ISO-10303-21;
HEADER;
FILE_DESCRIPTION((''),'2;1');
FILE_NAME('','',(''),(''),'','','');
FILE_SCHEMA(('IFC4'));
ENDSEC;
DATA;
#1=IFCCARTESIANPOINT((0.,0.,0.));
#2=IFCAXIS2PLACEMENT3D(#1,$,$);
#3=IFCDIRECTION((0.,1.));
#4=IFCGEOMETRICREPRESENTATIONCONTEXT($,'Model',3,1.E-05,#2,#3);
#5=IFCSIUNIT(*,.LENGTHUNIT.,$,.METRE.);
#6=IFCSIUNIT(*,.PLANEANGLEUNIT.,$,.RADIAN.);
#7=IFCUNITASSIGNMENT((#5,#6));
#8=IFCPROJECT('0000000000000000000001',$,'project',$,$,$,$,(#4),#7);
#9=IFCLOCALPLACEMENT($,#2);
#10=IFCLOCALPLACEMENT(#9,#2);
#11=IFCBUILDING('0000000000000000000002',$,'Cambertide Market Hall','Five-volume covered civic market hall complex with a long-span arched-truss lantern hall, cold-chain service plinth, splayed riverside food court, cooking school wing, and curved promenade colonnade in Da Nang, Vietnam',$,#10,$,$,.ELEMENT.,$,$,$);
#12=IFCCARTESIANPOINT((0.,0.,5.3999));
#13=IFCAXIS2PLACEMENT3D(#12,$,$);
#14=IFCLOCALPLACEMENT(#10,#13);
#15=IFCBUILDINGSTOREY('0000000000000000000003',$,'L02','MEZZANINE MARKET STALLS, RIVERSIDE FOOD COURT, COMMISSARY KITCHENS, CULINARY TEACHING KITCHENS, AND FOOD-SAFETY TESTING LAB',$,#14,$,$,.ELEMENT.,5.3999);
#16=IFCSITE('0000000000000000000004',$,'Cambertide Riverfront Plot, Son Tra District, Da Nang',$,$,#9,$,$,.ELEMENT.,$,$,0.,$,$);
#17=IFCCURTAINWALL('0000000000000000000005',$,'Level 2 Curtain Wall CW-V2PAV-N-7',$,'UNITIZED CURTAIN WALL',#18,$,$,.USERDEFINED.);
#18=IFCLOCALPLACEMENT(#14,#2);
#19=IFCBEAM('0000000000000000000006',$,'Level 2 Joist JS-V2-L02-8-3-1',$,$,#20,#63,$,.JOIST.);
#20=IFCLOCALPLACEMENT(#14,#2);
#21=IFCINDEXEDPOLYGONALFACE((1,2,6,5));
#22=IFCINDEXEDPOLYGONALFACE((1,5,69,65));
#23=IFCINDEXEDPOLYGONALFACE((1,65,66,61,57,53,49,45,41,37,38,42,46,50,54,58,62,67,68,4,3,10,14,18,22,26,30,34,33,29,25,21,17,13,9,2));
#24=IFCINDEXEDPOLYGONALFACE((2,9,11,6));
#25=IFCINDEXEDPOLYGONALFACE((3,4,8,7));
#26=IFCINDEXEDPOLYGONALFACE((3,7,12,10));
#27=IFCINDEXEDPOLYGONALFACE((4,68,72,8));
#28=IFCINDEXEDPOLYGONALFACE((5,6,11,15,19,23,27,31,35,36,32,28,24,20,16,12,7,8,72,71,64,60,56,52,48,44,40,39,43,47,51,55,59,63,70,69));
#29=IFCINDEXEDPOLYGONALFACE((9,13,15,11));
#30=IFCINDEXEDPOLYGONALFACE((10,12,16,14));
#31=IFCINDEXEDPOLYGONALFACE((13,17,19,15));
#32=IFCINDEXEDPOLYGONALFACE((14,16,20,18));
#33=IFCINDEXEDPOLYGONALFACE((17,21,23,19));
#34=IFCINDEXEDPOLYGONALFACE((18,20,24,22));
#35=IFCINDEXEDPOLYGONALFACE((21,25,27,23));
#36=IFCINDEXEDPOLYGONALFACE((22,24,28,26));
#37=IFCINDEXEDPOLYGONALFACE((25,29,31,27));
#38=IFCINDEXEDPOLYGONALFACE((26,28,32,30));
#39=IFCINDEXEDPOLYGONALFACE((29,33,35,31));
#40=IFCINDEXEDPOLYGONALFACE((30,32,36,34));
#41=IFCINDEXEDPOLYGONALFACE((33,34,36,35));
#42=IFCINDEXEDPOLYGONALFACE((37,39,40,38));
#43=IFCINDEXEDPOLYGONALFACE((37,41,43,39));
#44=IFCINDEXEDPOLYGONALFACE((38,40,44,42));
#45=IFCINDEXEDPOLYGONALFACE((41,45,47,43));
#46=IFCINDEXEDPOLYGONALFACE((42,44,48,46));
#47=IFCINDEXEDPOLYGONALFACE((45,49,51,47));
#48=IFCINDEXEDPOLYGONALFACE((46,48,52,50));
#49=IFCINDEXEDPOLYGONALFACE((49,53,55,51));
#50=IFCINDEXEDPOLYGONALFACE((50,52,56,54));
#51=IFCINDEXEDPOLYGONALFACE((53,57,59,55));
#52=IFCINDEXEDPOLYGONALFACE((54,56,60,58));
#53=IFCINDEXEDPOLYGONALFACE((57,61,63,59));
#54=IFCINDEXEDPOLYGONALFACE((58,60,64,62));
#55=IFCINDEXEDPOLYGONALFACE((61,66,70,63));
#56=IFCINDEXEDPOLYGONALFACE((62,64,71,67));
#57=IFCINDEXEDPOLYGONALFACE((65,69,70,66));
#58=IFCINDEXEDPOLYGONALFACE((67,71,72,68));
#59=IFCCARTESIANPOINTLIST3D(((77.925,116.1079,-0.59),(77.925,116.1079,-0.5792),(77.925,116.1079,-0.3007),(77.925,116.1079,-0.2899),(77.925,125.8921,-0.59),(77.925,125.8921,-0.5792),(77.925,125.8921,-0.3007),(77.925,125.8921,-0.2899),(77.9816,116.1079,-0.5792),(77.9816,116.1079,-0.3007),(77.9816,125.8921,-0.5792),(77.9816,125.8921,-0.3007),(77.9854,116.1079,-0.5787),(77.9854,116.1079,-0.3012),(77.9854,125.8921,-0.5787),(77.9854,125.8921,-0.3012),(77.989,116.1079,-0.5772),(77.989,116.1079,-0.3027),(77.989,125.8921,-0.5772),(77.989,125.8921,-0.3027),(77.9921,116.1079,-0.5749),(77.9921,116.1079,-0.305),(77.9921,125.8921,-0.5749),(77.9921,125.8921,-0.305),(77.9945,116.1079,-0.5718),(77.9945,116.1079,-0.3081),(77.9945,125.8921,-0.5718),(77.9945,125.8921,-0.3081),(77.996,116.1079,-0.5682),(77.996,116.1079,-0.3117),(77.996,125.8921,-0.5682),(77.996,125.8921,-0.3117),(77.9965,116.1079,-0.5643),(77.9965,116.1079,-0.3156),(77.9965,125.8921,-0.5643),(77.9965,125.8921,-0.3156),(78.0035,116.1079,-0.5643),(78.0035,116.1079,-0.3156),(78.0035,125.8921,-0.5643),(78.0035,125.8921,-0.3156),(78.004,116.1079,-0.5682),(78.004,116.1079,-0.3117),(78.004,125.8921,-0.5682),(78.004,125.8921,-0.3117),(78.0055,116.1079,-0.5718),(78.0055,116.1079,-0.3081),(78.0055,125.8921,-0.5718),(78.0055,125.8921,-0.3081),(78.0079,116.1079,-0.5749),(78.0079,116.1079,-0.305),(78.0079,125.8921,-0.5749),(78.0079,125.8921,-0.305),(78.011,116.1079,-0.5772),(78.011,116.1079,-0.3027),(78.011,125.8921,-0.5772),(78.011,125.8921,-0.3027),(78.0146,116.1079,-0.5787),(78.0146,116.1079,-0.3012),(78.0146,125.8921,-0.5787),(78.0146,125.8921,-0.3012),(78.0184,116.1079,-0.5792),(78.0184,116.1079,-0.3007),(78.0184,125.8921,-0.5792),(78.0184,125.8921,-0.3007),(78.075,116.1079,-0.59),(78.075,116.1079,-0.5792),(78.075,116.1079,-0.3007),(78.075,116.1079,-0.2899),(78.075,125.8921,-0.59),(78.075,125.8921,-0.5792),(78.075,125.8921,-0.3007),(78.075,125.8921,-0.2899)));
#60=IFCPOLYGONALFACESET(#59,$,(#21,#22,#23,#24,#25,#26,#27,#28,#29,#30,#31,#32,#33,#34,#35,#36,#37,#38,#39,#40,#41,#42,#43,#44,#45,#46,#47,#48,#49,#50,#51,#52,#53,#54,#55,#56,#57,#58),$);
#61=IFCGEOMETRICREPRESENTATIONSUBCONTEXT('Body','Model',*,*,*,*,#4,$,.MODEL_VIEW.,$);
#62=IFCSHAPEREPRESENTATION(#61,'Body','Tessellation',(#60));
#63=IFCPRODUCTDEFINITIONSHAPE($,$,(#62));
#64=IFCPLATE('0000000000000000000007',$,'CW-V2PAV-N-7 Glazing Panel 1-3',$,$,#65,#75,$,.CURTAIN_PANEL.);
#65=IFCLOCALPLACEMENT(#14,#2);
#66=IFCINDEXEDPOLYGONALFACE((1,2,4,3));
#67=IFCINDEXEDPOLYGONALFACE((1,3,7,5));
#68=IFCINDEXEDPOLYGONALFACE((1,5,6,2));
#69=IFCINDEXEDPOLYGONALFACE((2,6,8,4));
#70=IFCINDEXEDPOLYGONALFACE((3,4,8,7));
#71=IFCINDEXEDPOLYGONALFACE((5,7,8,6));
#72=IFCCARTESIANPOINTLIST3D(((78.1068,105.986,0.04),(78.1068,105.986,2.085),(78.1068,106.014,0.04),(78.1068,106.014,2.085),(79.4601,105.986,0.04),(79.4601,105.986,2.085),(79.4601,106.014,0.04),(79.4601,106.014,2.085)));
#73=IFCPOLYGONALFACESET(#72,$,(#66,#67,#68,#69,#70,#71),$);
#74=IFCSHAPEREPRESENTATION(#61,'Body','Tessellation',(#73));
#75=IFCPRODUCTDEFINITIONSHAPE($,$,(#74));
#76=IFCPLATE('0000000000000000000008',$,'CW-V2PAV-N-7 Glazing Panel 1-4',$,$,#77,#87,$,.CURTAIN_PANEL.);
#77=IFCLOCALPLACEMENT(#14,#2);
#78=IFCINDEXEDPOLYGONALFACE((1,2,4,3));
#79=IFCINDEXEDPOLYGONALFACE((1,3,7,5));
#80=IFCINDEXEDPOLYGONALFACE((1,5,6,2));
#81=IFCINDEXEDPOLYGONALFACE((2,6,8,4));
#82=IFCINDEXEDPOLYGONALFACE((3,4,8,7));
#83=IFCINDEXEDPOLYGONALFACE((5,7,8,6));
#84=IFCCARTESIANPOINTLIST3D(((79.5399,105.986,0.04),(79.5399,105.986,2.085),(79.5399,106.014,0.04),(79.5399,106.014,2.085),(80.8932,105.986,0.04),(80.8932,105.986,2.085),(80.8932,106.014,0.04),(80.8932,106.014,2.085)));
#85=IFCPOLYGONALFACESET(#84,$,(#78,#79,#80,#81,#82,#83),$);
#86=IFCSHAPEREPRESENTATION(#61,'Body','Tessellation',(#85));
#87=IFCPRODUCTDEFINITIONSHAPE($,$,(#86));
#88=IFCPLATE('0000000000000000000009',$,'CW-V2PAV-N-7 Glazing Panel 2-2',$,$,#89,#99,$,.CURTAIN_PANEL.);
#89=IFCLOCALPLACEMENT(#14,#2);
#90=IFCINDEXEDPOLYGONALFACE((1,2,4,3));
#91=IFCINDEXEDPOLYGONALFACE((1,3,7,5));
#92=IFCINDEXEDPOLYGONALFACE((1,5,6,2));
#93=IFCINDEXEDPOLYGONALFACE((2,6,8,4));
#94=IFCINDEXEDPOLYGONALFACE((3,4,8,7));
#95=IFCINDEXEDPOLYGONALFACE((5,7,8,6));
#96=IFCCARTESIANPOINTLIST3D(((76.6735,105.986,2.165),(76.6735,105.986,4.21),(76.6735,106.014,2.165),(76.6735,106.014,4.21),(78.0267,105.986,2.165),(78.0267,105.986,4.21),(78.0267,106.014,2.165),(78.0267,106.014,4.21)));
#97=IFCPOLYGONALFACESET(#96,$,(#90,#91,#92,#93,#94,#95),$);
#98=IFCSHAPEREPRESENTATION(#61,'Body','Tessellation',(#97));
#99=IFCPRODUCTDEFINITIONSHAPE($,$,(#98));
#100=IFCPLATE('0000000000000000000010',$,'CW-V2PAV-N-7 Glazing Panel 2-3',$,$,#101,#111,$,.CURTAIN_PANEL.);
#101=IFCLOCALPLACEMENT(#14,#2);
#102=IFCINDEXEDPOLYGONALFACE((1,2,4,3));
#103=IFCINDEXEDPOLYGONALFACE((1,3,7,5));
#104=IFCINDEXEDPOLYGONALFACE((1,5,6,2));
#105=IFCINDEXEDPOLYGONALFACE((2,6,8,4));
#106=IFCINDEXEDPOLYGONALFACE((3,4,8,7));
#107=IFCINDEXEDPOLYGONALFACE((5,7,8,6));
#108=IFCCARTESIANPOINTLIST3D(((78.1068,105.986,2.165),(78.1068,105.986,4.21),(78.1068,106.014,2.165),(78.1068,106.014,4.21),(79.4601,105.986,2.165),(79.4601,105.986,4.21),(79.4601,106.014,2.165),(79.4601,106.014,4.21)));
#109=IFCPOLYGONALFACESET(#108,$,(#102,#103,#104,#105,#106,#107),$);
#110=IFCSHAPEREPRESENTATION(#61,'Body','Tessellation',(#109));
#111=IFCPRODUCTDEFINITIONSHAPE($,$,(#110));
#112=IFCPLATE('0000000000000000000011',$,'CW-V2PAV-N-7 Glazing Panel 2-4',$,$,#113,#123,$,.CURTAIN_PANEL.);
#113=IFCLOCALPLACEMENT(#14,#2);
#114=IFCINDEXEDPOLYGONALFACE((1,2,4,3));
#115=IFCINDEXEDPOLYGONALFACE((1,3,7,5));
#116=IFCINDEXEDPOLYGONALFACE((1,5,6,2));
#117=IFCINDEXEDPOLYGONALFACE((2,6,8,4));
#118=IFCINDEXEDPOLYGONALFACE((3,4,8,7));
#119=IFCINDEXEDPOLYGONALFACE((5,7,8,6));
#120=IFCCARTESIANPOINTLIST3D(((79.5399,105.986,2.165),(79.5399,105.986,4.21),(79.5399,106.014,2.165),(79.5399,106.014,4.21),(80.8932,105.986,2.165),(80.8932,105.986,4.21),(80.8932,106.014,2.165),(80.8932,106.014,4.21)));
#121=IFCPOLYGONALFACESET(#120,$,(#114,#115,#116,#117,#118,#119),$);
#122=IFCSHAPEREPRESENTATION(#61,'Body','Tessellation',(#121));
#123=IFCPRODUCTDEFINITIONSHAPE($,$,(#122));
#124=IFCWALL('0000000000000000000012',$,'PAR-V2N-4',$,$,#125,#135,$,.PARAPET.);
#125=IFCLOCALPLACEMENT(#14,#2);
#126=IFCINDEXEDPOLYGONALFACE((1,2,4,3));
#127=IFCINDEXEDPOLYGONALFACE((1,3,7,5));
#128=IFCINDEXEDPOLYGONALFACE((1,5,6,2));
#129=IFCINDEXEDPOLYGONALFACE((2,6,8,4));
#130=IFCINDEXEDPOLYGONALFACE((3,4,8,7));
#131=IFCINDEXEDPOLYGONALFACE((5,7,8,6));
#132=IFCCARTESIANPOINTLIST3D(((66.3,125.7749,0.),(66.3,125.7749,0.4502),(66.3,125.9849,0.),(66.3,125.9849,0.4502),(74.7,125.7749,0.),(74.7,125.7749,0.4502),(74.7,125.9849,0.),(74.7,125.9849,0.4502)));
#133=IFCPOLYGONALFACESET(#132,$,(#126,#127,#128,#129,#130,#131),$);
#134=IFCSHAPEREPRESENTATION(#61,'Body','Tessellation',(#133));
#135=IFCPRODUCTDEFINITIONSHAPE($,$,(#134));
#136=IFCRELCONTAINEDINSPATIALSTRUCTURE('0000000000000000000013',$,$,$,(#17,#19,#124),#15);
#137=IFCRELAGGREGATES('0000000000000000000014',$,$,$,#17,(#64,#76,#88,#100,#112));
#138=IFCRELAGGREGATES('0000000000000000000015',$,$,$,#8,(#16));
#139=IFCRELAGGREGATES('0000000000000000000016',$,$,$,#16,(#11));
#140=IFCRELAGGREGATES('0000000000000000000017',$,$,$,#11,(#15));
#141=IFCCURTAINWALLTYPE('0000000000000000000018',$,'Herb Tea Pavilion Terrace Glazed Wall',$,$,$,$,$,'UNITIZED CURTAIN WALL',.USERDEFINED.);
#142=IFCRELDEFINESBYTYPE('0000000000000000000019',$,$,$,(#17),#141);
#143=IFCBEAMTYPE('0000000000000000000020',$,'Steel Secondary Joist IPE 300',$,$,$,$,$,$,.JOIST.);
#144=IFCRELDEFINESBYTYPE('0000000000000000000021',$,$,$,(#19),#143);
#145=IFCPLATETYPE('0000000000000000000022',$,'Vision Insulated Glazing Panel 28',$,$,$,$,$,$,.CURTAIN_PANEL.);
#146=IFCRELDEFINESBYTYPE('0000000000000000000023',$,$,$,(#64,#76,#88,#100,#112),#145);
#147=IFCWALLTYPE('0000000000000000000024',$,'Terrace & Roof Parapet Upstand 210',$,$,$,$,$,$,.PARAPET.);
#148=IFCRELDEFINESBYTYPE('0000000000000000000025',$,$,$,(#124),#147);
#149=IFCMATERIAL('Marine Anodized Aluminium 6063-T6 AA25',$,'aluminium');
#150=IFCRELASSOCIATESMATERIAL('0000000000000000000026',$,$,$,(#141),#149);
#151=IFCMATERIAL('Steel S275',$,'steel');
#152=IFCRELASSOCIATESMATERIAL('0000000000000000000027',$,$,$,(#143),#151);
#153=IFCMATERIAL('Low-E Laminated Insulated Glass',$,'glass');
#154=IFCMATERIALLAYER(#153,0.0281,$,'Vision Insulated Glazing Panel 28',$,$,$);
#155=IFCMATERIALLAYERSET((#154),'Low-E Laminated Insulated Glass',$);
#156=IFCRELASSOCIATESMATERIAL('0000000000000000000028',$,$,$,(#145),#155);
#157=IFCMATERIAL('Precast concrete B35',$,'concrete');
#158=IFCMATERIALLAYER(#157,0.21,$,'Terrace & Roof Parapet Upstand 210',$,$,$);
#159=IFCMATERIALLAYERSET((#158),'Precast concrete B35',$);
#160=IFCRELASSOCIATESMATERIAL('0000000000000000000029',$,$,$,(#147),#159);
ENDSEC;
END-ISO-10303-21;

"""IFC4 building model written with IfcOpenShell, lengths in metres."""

from ifc_helpers import new_model, si_unit, direction, frame, frame_2d, origin, origin_2d, place, context, subcontext, project, spatial, rectangle, i_section, extrude, material, layer, layer_set, material_profile, profile_set, type_object, element, aggregate, save


model = new_model("IFC4")

# Units and contexts
model_context = context("Model", 3, precision=1e-05, world=origin(), true_north=direction((0.0, 1.0)))
body_context = subcontext(model_context, "Body", "Model", "MODEL_VIEW")
ifc_project = project(units=[si_unit("LENGTHUNIT", "METRE"), si_unit("PLANEANGLEUNIT", "RADIAN")], contexts=[model_context])

# Site, building, storey
site_placement = place(None, origin())
site = spatial("IfcSite", under=ifc_project, at=site_placement, Name="Cambertide Riverfront Plot, Son Tra District, Da Nang", CompositionType="ELEMENT", RefElevation=0.0)
building_placement = place(site_placement, origin())
building = spatial("IfcBuilding", under=site, at=building_placement, Name="Cambertide Market Hall", Description="Five-volume covered civic market hall complex with a long-span arched-truss lantern hall, cold-chain service plinth, splayed riverside food court, cooking school wing, and curved promenade colonnade in Da Nang, Vietnam", CompositionType="ELEMENT")
storey_placement = place(building_placement, frame((0.0, 0.0, 5.3999)))
storey = spatial("IfcBuildingStorey", under=building, at=storey_placement, Name="L02", Description="MEZZANINE MARKET STALLS, RIVERSIDE FOOD COURT, COMMISSARY KITCHENS, CULINARY TEACHING KITCHENS, AND FOOD-SAFETY TESTING LAB", CompositionType="ELEMENT", Elevation=5.3999)

# Curtain wall
ifc_material_1 = material(Name="Marine Anodized Aluminium 6063-T6 AA25", Category="aluminium")
curtain_wall_type = type_object("IfcCurtainWallType", Name="Herb Tea Pavilion Terrace Glazed Wall", ElementType="UNITIZED CURTAIN WALL", PredefinedType="USERDEFINED", material=ifc_material_1)
curtain_wall_placement = place(storey_placement, origin())
curtain_wall = element("IfcCurtainWall", 1, at=curtain_wall_placement, inside=storey, type_object=curtain_wall_type, Name="Level 2 Curtain Wall CW-V2PAV-N-7", ObjectType="UNITIZED CURTAIN WALL", PredefinedType="USERDEFINED")

# Beam
ifc_material_2 = material(Name="Steel S275", Category="steel")
ifc_material_profile_1 = material_profile(ifc_material_2, i_section(OverallWidth=0.1499, OverallDepth=0.3, WebThickness=0.0071, FlangeThickness=0.0107, FilletRadius=0.0149, at=origin_2d()), Name="IPE 300")
ifc_profile_set_1 = profile_set([ifc_material_profile_1], Name="Steel S275")
beam_type_1 = type_object("IfcBeamType", Name="Steel Secondary Joist IPE 300", PredefinedType="JOIST", material=ifc_profile_set_1)
for number, where, z_axis, x_axis, name in (
    (2, (78.0, 116.1079, -0.4399), (0.0, 1.0, 0.0), (-1.0, 0.0, 0.0), "Level 2 Joist JS-V2-L02-8-3-1"),
):
    element("IfcBeam", number, at=place(storey_placement, frame(where, z_axis=z_axis, x_axis=x_axis)), inside=storey, type_object=beam_type_1, Name=name, PredefinedType="JOIST", context=body_context, shape_type="SweptSolid", body=[
        extrude(i_section(OverallWidth=0.1499, OverallDepth=0.3, WebThickness=0.0071, FlangeThickness=0.0107, FilletRadius=0.0149, at=origin_2d()), origin(), (0.0, 0.0, 1.0), 9.7842),
    ])

# Plates
ifc_material_3 = material(Name="Low-E Laminated Insulated Glass", Category="glass")
ifc_layer_1 = layer(ifc_material_3, 0.0281, Name="Vision Insulated Glazing Panel 28")
ifc_layer_set_1 = layer_set([ifc_layer_1], Name="Low-E Laminated Insulated Glass")
plate_type = type_object("IfcPlateType", Name="Vision Insulated Glazing Panel 28", PredefinedType="CURTAIN_PANEL", material=ifc_layer_set_1)
plate_1_placement = place(storey_placement, frame((78.7834, 106.0, 0.04), z_axis=(0.0, 0.0, 1.0), x_axis=(1.0, 0.0, 0.0)))
plate_1 = element("IfcPlate", 3, at=plate_1_placement, type_object=plate_type, Name="CW-V2PAV-N-7 Glazing Panel 1-3", PredefinedType="CURTAIN_PANEL", context=body_context, shape_type="SweptSolid", body=[
    extrude(rectangle(XDim=1.3533, YDim=0.0281, at=origin_2d()), origin(), (0.0, 0.0, 1.0), 2.0449),
])
plate_2_placement = place(storey_placement, frame((80.2166, 106.0, 0.04), z_axis=(0.0, 0.0, 1.0), x_axis=(1.0, 0.0, 0.0)))
plate_2 = element("IfcPlate", 4, at=plate_2_placement, type_object=plate_type, Name="CW-V2PAV-N-7 Glazing Panel 1-4", PredefinedType="CURTAIN_PANEL", context=body_context, shape_type="SweptSolid", body=[
    extrude(rectangle(XDim=1.3533, YDim=0.0281, at=origin_2d()), origin(), (0.0, 0.0, 1.0), 2.0449),
])
plate_3_placement = place(storey_placement, frame((77.3501, 106.0, 2.165), z_axis=(0.0, 0.0, 1.0), x_axis=(1.0, 0.0, 0.0)))
plate_3 = element("IfcPlate", 5, at=plate_3_placement, type_object=plate_type, Name="CW-V2PAV-N-7 Glazing Panel 2-2", PredefinedType="CURTAIN_PANEL", context=body_context, shape_type="SweptSolid", body=[
    extrude(rectangle(XDim=1.3533, YDim=0.0281, at=origin_2d()), origin(), (0.0, 0.0, 1.0), 2.0449),
])
plate_4_placement = place(storey_placement, frame((78.7834, 106.0, 2.165), z_axis=(0.0, 0.0, 1.0), x_axis=(1.0, 0.0, 0.0)))
plate_4 = element("IfcPlate", 6, at=plate_4_placement, type_object=plate_type, Name="CW-V2PAV-N-7 Glazing Panel 2-3", PredefinedType="CURTAIN_PANEL", context=body_context, shape_type="SweptSolid", body=[
    extrude(rectangle(XDim=1.3533, YDim=0.0281, at=origin_2d()), origin(), (0.0, 0.0, 1.0), 2.0449),
])
plate_5_placement = place(storey_placement, frame((80.2166, 106.0, 2.165), z_axis=(0.0, 0.0, 1.0), x_axis=(1.0, 0.0, 0.0)))
plate_5 = element("IfcPlate", 7, at=plate_5_placement, type_object=plate_type, Name="CW-V2PAV-N-7 Glazing Panel 2-4", PredefinedType="CURTAIN_PANEL", context=body_context, shape_type="SweptSolid", body=[
    extrude(rectangle(XDim=1.3533, YDim=0.0281, at=origin_2d()), origin(), (0.0, 0.0, 1.0), 2.0449),
])
aggregate(curtain_wall, [plate_1, plate_2, plate_3, plate_4, plate_5])

# Wall
ifc_material_4 = material(Name="Precast concrete B35", Category="concrete")
ifc_layer_2 = layer(ifc_material_4, 0.21, Name="Terrace & Roof Parapet Upstand 210")
ifc_layer_set_2 = layer_set([ifc_layer_2], Name="Precast concrete B35")
wall_type = type_object("IfcWallType", Name="Terrace & Roof Parapet Upstand 210", PredefinedType="PARAPET", material=ifc_layer_set_2)
wall_placement = place(storey_placement, frame((66.3, 125.8799, 0.0), z_axis=(0.0, 0.0, 1.0), x_axis=(1.0, 0.0, 0.0)))
element("IfcWall", 8, at=wall_placement, inside=storey, type_object=wall_type, Name="PAR-V2N-4", PredefinedType="PARAPET", context=body_context, shape_type="SweptSolid", body=[
    extrude(rectangle(XDim=8.3999, YDim=0.21, at=frame_2d((4.2, 0.0))), origin(), (0.0, 0.0, 1.0), 0.4502),
])

save(model, "model.ifc")
